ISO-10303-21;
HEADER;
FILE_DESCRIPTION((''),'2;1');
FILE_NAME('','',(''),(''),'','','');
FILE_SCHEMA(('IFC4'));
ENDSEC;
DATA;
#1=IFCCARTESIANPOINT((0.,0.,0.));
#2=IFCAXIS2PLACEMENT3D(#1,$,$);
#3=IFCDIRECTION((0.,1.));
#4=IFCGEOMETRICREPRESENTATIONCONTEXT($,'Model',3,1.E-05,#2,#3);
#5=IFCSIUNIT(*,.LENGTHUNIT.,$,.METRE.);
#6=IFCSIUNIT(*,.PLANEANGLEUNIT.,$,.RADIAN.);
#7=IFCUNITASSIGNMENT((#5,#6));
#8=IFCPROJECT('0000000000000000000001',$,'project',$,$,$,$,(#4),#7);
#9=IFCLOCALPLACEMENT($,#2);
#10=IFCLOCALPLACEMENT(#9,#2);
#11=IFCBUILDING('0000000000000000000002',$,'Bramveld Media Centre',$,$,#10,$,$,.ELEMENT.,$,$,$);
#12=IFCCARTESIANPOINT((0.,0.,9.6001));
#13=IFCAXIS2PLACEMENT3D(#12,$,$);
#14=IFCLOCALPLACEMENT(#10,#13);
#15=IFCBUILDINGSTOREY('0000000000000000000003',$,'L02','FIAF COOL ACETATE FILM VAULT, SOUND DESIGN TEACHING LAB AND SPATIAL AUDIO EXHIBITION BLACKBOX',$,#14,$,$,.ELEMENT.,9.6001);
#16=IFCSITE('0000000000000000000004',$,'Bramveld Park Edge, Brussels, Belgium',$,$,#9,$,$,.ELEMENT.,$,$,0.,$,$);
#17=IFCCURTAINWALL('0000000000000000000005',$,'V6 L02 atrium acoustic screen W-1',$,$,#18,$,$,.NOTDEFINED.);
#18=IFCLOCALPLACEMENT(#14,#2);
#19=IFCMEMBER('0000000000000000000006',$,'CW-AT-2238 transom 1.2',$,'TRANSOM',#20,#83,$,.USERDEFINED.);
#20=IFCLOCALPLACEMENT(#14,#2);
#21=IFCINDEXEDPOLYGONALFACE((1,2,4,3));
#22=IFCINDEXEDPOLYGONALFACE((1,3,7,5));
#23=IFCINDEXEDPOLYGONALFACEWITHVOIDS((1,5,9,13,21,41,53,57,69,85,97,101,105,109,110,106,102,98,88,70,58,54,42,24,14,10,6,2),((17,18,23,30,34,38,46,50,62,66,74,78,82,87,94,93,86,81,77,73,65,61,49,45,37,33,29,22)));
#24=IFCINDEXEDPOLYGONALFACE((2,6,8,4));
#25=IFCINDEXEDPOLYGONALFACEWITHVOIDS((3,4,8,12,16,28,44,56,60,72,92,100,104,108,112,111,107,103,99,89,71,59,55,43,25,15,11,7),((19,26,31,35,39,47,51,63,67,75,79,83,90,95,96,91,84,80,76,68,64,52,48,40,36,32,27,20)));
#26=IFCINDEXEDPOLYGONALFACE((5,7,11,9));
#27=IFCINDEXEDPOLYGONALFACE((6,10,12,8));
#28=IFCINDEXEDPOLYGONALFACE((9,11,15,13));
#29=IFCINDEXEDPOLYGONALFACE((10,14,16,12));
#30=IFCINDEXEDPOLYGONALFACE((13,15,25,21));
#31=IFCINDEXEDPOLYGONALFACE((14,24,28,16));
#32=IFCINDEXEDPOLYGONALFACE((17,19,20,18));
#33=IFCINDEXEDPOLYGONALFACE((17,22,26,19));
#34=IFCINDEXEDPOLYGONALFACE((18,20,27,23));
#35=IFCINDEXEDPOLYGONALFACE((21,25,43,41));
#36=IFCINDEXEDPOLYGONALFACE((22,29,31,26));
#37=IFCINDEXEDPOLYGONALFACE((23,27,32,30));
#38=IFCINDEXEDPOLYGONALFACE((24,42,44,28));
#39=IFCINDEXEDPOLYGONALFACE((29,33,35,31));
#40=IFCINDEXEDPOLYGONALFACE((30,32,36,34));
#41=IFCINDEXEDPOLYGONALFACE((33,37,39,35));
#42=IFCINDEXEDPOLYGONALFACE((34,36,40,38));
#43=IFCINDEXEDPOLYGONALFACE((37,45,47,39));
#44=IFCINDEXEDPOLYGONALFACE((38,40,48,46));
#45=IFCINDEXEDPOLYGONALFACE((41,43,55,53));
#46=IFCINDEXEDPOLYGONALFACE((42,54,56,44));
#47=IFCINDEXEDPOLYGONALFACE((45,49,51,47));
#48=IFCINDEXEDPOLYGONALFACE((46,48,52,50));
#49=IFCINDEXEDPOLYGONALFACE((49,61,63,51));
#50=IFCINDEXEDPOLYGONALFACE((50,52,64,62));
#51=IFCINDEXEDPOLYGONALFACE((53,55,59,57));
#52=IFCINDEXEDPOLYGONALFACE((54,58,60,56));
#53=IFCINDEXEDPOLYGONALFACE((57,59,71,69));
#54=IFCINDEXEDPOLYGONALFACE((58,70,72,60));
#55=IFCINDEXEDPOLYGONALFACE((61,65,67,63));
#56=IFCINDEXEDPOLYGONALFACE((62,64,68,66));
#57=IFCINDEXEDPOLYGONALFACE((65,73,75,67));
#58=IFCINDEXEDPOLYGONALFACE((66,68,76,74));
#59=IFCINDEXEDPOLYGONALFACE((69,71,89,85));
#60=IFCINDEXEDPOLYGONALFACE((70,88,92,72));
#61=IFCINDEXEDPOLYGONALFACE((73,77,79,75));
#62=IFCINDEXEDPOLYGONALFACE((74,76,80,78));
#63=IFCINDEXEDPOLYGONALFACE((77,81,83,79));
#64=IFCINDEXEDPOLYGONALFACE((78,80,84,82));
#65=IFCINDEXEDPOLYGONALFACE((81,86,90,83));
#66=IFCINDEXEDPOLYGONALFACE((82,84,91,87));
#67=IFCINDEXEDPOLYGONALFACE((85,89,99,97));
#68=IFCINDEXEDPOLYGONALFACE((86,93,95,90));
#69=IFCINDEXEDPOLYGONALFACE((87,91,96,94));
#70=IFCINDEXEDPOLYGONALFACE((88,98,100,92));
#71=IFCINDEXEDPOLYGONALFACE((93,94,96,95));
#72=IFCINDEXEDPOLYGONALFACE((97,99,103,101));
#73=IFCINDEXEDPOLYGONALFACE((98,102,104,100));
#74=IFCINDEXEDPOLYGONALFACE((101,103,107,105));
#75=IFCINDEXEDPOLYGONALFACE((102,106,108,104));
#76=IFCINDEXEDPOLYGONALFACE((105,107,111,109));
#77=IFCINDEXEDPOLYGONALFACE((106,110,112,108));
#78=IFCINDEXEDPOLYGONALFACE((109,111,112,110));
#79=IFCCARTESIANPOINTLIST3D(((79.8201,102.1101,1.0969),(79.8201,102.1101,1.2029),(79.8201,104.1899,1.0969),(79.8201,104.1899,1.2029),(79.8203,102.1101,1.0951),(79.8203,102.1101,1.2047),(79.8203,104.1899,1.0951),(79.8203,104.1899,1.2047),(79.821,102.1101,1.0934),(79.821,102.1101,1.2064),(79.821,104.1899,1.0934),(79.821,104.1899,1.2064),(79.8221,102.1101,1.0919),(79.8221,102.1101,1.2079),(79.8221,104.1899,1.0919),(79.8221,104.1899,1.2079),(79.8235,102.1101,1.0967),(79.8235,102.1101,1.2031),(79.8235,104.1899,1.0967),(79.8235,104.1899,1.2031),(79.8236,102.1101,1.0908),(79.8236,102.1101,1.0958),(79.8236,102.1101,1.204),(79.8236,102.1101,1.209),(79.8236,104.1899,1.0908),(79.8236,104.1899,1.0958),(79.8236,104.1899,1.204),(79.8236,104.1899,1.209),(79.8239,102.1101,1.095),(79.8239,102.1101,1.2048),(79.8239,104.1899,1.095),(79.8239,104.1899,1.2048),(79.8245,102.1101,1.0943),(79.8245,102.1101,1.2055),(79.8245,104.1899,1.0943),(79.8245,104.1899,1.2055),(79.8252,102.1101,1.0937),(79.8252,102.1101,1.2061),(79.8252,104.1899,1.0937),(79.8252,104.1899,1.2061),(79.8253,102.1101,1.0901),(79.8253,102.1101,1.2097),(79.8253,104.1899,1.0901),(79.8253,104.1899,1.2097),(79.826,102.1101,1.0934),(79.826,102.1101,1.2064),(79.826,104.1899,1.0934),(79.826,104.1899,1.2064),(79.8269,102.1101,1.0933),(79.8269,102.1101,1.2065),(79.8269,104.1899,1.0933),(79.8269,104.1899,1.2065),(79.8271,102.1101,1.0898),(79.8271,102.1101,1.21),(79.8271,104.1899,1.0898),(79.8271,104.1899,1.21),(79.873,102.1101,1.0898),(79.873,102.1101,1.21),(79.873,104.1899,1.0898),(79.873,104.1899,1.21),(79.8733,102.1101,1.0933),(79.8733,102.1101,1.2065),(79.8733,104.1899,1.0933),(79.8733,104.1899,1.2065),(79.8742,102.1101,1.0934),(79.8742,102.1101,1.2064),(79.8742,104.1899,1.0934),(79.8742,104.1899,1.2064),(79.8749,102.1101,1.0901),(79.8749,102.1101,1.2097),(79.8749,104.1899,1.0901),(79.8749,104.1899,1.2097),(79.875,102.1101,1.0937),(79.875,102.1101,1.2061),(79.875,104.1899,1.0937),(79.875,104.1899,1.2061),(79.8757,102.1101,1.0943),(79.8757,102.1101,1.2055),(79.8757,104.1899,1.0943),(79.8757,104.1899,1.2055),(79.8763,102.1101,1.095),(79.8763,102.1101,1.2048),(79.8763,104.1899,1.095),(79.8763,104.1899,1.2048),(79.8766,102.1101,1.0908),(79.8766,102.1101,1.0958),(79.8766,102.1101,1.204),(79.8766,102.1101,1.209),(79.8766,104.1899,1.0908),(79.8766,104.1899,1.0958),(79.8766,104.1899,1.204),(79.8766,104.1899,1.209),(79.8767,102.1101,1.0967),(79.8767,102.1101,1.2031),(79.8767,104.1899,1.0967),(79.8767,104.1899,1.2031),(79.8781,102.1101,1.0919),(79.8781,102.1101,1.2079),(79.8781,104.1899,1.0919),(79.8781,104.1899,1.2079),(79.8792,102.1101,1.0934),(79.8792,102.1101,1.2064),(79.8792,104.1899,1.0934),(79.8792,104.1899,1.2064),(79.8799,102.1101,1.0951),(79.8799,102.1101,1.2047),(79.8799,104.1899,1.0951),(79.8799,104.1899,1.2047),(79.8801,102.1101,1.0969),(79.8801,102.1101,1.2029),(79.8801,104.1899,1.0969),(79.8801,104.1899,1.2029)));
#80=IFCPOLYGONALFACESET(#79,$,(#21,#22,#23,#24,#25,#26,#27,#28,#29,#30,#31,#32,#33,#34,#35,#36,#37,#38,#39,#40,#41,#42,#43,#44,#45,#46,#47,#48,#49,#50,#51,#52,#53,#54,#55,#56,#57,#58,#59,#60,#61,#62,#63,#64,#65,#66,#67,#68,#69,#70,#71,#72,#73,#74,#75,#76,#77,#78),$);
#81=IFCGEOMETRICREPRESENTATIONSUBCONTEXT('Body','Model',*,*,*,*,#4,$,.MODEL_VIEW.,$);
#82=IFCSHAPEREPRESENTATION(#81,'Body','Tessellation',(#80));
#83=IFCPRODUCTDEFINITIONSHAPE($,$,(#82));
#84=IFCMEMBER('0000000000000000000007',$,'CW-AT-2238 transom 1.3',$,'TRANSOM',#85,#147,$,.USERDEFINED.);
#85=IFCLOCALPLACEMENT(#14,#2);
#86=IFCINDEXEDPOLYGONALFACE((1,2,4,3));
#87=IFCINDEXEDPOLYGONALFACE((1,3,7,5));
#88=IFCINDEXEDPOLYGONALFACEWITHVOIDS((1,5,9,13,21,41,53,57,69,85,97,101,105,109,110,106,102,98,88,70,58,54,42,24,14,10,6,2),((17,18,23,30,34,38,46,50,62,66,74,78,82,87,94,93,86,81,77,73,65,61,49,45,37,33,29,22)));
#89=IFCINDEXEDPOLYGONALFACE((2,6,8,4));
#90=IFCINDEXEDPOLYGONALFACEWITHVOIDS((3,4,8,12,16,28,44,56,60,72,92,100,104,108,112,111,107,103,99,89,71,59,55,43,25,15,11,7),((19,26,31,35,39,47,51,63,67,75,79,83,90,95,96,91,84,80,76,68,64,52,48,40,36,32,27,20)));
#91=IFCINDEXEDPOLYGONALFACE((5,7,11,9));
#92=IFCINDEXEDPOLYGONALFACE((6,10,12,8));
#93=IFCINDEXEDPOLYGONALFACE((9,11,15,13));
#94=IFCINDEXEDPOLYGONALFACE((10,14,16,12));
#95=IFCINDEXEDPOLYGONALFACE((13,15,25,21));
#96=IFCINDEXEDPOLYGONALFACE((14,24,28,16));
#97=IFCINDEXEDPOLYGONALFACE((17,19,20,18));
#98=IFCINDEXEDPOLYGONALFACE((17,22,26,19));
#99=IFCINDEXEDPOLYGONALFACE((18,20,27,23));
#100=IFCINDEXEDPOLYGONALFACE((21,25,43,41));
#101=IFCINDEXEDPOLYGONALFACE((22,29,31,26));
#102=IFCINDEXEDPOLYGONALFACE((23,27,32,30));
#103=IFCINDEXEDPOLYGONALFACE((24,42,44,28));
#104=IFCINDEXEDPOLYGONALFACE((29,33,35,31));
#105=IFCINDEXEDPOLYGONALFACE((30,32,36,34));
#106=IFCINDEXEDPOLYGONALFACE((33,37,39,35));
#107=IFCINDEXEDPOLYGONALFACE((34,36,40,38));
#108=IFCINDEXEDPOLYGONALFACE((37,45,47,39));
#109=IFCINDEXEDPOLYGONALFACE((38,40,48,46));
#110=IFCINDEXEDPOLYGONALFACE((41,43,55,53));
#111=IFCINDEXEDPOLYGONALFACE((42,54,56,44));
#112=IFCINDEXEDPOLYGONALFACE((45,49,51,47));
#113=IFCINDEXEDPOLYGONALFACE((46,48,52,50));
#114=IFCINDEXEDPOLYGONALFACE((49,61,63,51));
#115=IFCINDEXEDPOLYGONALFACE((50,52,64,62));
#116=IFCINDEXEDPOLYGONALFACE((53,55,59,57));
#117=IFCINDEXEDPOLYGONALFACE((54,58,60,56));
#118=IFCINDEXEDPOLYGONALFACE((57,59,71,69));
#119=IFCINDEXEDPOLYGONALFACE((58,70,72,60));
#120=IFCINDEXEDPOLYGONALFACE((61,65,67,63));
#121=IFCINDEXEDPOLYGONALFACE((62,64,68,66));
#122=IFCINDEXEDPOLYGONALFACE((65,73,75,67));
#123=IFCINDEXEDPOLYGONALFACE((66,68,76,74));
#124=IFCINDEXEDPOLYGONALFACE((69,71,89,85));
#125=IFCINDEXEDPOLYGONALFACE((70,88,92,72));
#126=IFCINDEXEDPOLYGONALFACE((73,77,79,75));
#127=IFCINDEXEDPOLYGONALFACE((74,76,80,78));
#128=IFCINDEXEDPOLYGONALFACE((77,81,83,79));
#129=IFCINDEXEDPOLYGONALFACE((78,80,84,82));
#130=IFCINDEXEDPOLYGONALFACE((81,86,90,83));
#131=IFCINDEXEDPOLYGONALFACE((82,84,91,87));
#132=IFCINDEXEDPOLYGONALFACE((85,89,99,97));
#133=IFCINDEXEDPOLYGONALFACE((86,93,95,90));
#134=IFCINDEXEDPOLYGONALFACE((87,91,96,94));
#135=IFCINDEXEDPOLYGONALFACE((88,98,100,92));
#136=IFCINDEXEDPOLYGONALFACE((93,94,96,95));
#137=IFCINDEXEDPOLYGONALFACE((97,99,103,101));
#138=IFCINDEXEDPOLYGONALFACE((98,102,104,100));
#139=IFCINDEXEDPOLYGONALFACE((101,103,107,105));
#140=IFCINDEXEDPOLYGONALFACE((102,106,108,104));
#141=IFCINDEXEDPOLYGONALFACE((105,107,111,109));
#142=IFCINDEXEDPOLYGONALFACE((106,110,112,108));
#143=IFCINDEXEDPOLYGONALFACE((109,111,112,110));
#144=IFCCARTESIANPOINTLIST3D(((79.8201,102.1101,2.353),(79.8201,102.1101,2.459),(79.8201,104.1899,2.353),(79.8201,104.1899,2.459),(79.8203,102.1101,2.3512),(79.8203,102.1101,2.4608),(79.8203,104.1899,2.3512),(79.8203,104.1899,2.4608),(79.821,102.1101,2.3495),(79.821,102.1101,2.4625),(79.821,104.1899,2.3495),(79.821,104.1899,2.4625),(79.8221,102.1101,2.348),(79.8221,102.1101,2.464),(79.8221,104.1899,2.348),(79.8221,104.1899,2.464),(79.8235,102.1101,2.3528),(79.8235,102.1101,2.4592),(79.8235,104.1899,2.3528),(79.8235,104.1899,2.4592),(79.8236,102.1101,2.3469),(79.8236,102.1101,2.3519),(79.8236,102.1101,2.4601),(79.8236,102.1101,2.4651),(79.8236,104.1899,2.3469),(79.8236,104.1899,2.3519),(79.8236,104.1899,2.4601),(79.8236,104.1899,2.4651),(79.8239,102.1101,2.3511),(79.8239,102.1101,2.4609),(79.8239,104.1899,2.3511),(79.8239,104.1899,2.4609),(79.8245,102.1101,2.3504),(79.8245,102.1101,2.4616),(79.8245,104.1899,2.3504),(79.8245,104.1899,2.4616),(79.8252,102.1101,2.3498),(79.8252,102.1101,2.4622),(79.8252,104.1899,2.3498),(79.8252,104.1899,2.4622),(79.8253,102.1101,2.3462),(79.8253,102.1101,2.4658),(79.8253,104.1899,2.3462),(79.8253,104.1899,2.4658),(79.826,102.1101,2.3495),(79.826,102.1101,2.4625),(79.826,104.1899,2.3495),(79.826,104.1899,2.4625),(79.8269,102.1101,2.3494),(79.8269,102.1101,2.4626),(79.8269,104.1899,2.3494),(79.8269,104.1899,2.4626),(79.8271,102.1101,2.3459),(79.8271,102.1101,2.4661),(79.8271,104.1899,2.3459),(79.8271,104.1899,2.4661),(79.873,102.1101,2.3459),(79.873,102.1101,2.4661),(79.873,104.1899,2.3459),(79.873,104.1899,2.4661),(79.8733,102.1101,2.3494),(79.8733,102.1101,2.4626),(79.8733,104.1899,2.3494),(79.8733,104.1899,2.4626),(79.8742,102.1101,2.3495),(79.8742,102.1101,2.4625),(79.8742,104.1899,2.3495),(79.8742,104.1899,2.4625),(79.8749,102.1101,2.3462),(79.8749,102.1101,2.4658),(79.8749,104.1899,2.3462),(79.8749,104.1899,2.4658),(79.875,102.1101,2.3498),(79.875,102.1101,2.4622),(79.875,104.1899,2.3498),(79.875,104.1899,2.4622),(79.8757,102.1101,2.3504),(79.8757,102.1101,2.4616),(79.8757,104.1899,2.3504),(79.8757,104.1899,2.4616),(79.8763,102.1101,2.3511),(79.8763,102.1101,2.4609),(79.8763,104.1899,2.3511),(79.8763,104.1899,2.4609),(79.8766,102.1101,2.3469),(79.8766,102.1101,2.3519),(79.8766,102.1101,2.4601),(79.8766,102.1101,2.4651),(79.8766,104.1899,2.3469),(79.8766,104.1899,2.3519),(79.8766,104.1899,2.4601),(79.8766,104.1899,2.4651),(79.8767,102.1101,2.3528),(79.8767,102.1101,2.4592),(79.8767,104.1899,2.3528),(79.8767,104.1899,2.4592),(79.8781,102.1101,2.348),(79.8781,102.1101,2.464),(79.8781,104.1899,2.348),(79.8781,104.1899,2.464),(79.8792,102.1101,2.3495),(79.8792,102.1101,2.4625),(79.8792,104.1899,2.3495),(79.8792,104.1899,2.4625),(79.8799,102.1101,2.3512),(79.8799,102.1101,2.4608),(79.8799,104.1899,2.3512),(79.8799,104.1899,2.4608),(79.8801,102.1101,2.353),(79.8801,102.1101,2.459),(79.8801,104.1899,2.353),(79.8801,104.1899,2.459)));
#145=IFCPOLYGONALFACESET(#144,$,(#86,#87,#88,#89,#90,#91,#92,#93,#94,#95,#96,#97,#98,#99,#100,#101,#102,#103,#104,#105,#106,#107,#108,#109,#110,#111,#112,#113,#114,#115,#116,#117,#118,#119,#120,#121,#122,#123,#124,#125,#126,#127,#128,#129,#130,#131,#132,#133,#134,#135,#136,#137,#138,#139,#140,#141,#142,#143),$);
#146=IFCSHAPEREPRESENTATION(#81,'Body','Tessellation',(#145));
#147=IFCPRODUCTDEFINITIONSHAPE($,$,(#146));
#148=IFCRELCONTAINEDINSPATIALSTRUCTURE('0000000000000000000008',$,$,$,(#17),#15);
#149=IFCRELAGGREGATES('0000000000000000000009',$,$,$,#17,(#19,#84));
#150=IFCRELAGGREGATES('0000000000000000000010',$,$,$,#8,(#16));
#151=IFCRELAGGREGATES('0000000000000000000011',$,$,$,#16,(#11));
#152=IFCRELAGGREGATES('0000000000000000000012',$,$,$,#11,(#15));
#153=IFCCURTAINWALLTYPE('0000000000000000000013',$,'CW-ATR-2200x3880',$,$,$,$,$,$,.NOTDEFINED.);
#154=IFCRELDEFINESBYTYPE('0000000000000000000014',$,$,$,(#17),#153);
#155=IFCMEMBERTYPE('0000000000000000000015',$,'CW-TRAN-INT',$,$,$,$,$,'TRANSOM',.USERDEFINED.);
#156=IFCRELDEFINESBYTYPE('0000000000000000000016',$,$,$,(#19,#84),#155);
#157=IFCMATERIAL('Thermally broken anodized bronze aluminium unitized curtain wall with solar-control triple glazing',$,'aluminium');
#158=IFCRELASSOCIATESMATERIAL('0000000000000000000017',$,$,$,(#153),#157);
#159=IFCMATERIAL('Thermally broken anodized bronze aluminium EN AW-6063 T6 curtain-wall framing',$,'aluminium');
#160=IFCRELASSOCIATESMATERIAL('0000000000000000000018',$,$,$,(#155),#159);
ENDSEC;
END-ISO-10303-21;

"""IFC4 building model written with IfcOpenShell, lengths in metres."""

from ifc_helpers import new_model, si_unit, direction, frame, origin, origin_2d, place, context, subcontext, project, spatial, hollow_rectangle, extrude, material, material_profile, profile_set, type_object, element, aggregate, save


model = new_model("IFC4")

# Units and contexts
model_context = context("Model", 3, precision=1e-05, world=origin(), true_north=direction((0.0, 1.0)))
body_context = subcontext(model_context, "Body", "Model", "MODEL_VIEW")
ifc_project = project(units=[si_unit("LENGTHUNIT", "METRE"), si_unit("PLANEANGLEUNIT", "RADIAN")], contexts=[model_context])

# Site, building, storey
site_placement = place(None, origin())
site = spatial("IfcSite", under=ifc_project, at=site_placement, Name="Bramveld Park Edge, Brussels, Belgium", CompositionType="ELEMENT", RefElevation=0.0)
building_placement = place(site_placement, origin())
building = spatial("IfcBuilding", under=site, at=building_placement, Name="Bramveld Media Centre", CompositionType="ELEMENT")
storey_placement = place(building_placement, frame((0.0, 0.0, 9.6001)))
storey = spatial("IfcBuildingStorey", under=building, at=storey_placement, Name="L02", Description="FIAF COOL ACETATE FILM VAULT, SOUND DESIGN TEACHING LAB AND SPATIAL AUDIO EXHIBITION BLACKBOX", CompositionType="ELEMENT", Elevation=9.6001)

# Curtain wall
ifc_material_1 = material(Name="Thermally broken anodized bronze aluminium unitized curtain wall with solar-control triple glazing", Category="aluminium")
curtain_wall_type_1 = type_object("IfcCurtainWallType", Name="CW-ATR-2200x3880", PredefinedType="NOTDEFINED", material=ifc_material_1)
curtain_wall_1_placement = place(storey_placement, origin())
curtain_wall_1 = element("IfcCurtainWall", 1, at=curtain_wall_1_placement, inside=storey, type_object=curtain_wall_type_1, Name="V6 L02 atrium acoustic screen W-1", PredefinedType="NOTDEFINED")

# Members
ifc_material_2 = material(Name="Thermally broken anodized bronze aluminium EN AW-6063 T6 curtain-wall framing", Category="aluminium")
ifc_material_profile_1 = material_profile(ifc_material_2, hollow_rectangle(XDim=0.0601, YDim=0.1201, WallThickness=0.0034, InnerFilletRadius=0.0034, OuterFilletRadius=0.0071, at=origin_2d()), Name="AL-TRAN 60x120")
ifc_profile_set_1 = profile_set([ifc_material_profile_1], Name="Thermally broken anodized bronze aluminium EN AW-6063 T6 curtain-wall framing")
member_type_1 = type_object("IfcMemberType", Name="CW-TRAN-INT", ElementType="TRANSOM", PredefinedType="USERDEFINED", material=ifc_profile_set_1)
member_1_placement = place(storey_placement, frame((79.8501, 102.1101, 1.1499), z_axis=(0.0, 1.0, 0.0), x_axis=(-1.0, 0.0, 0.0)))
member_1 = element("IfcMember", 2, at=member_1_placement, type_object=member_type_1, Name="CW-AT-2238 transom 1.2", ObjectType="TRANSOM", PredefinedType="USERDEFINED", context=body_context, shape_type="SweptSolid", body=[
    extrude(hollow_rectangle(XDim=0.0601, YDim=0.1201, WallThickness=0.0034, InnerFilletRadius=0.0034, OuterFilletRadius=0.0071, at=origin_2d()), origin(), (0.0, 0.0, 1.0), 2.0798),
])
member_2_placement = place(storey_placement, frame((79.8501, 102.1101, 2.406), z_axis=(0.0, 1.0, 0.0), x_axis=(-1.0, 0.0, 0.0)))
member_2 = element("IfcMember", 3, at=member_2_placement, type_object=member_type_1, Name="CW-AT-2238 transom 1.3", ObjectType="TRANSOM", PredefinedType="USERDEFINED", context=body_context, shape_type="SweptSolid", body=[
    extrude(hollow_rectangle(XDim=0.0601, YDim=0.1201, WallThickness=0.0034, InnerFilletRadius=0.0034, OuterFilletRadius=0.0071, at=origin_2d()), origin(), (0.0, 0.0, 1.0), 2.0798),
])

aggregate(curtain_wall_1, [member_1, member_2])

save(model, "model.ifc")
